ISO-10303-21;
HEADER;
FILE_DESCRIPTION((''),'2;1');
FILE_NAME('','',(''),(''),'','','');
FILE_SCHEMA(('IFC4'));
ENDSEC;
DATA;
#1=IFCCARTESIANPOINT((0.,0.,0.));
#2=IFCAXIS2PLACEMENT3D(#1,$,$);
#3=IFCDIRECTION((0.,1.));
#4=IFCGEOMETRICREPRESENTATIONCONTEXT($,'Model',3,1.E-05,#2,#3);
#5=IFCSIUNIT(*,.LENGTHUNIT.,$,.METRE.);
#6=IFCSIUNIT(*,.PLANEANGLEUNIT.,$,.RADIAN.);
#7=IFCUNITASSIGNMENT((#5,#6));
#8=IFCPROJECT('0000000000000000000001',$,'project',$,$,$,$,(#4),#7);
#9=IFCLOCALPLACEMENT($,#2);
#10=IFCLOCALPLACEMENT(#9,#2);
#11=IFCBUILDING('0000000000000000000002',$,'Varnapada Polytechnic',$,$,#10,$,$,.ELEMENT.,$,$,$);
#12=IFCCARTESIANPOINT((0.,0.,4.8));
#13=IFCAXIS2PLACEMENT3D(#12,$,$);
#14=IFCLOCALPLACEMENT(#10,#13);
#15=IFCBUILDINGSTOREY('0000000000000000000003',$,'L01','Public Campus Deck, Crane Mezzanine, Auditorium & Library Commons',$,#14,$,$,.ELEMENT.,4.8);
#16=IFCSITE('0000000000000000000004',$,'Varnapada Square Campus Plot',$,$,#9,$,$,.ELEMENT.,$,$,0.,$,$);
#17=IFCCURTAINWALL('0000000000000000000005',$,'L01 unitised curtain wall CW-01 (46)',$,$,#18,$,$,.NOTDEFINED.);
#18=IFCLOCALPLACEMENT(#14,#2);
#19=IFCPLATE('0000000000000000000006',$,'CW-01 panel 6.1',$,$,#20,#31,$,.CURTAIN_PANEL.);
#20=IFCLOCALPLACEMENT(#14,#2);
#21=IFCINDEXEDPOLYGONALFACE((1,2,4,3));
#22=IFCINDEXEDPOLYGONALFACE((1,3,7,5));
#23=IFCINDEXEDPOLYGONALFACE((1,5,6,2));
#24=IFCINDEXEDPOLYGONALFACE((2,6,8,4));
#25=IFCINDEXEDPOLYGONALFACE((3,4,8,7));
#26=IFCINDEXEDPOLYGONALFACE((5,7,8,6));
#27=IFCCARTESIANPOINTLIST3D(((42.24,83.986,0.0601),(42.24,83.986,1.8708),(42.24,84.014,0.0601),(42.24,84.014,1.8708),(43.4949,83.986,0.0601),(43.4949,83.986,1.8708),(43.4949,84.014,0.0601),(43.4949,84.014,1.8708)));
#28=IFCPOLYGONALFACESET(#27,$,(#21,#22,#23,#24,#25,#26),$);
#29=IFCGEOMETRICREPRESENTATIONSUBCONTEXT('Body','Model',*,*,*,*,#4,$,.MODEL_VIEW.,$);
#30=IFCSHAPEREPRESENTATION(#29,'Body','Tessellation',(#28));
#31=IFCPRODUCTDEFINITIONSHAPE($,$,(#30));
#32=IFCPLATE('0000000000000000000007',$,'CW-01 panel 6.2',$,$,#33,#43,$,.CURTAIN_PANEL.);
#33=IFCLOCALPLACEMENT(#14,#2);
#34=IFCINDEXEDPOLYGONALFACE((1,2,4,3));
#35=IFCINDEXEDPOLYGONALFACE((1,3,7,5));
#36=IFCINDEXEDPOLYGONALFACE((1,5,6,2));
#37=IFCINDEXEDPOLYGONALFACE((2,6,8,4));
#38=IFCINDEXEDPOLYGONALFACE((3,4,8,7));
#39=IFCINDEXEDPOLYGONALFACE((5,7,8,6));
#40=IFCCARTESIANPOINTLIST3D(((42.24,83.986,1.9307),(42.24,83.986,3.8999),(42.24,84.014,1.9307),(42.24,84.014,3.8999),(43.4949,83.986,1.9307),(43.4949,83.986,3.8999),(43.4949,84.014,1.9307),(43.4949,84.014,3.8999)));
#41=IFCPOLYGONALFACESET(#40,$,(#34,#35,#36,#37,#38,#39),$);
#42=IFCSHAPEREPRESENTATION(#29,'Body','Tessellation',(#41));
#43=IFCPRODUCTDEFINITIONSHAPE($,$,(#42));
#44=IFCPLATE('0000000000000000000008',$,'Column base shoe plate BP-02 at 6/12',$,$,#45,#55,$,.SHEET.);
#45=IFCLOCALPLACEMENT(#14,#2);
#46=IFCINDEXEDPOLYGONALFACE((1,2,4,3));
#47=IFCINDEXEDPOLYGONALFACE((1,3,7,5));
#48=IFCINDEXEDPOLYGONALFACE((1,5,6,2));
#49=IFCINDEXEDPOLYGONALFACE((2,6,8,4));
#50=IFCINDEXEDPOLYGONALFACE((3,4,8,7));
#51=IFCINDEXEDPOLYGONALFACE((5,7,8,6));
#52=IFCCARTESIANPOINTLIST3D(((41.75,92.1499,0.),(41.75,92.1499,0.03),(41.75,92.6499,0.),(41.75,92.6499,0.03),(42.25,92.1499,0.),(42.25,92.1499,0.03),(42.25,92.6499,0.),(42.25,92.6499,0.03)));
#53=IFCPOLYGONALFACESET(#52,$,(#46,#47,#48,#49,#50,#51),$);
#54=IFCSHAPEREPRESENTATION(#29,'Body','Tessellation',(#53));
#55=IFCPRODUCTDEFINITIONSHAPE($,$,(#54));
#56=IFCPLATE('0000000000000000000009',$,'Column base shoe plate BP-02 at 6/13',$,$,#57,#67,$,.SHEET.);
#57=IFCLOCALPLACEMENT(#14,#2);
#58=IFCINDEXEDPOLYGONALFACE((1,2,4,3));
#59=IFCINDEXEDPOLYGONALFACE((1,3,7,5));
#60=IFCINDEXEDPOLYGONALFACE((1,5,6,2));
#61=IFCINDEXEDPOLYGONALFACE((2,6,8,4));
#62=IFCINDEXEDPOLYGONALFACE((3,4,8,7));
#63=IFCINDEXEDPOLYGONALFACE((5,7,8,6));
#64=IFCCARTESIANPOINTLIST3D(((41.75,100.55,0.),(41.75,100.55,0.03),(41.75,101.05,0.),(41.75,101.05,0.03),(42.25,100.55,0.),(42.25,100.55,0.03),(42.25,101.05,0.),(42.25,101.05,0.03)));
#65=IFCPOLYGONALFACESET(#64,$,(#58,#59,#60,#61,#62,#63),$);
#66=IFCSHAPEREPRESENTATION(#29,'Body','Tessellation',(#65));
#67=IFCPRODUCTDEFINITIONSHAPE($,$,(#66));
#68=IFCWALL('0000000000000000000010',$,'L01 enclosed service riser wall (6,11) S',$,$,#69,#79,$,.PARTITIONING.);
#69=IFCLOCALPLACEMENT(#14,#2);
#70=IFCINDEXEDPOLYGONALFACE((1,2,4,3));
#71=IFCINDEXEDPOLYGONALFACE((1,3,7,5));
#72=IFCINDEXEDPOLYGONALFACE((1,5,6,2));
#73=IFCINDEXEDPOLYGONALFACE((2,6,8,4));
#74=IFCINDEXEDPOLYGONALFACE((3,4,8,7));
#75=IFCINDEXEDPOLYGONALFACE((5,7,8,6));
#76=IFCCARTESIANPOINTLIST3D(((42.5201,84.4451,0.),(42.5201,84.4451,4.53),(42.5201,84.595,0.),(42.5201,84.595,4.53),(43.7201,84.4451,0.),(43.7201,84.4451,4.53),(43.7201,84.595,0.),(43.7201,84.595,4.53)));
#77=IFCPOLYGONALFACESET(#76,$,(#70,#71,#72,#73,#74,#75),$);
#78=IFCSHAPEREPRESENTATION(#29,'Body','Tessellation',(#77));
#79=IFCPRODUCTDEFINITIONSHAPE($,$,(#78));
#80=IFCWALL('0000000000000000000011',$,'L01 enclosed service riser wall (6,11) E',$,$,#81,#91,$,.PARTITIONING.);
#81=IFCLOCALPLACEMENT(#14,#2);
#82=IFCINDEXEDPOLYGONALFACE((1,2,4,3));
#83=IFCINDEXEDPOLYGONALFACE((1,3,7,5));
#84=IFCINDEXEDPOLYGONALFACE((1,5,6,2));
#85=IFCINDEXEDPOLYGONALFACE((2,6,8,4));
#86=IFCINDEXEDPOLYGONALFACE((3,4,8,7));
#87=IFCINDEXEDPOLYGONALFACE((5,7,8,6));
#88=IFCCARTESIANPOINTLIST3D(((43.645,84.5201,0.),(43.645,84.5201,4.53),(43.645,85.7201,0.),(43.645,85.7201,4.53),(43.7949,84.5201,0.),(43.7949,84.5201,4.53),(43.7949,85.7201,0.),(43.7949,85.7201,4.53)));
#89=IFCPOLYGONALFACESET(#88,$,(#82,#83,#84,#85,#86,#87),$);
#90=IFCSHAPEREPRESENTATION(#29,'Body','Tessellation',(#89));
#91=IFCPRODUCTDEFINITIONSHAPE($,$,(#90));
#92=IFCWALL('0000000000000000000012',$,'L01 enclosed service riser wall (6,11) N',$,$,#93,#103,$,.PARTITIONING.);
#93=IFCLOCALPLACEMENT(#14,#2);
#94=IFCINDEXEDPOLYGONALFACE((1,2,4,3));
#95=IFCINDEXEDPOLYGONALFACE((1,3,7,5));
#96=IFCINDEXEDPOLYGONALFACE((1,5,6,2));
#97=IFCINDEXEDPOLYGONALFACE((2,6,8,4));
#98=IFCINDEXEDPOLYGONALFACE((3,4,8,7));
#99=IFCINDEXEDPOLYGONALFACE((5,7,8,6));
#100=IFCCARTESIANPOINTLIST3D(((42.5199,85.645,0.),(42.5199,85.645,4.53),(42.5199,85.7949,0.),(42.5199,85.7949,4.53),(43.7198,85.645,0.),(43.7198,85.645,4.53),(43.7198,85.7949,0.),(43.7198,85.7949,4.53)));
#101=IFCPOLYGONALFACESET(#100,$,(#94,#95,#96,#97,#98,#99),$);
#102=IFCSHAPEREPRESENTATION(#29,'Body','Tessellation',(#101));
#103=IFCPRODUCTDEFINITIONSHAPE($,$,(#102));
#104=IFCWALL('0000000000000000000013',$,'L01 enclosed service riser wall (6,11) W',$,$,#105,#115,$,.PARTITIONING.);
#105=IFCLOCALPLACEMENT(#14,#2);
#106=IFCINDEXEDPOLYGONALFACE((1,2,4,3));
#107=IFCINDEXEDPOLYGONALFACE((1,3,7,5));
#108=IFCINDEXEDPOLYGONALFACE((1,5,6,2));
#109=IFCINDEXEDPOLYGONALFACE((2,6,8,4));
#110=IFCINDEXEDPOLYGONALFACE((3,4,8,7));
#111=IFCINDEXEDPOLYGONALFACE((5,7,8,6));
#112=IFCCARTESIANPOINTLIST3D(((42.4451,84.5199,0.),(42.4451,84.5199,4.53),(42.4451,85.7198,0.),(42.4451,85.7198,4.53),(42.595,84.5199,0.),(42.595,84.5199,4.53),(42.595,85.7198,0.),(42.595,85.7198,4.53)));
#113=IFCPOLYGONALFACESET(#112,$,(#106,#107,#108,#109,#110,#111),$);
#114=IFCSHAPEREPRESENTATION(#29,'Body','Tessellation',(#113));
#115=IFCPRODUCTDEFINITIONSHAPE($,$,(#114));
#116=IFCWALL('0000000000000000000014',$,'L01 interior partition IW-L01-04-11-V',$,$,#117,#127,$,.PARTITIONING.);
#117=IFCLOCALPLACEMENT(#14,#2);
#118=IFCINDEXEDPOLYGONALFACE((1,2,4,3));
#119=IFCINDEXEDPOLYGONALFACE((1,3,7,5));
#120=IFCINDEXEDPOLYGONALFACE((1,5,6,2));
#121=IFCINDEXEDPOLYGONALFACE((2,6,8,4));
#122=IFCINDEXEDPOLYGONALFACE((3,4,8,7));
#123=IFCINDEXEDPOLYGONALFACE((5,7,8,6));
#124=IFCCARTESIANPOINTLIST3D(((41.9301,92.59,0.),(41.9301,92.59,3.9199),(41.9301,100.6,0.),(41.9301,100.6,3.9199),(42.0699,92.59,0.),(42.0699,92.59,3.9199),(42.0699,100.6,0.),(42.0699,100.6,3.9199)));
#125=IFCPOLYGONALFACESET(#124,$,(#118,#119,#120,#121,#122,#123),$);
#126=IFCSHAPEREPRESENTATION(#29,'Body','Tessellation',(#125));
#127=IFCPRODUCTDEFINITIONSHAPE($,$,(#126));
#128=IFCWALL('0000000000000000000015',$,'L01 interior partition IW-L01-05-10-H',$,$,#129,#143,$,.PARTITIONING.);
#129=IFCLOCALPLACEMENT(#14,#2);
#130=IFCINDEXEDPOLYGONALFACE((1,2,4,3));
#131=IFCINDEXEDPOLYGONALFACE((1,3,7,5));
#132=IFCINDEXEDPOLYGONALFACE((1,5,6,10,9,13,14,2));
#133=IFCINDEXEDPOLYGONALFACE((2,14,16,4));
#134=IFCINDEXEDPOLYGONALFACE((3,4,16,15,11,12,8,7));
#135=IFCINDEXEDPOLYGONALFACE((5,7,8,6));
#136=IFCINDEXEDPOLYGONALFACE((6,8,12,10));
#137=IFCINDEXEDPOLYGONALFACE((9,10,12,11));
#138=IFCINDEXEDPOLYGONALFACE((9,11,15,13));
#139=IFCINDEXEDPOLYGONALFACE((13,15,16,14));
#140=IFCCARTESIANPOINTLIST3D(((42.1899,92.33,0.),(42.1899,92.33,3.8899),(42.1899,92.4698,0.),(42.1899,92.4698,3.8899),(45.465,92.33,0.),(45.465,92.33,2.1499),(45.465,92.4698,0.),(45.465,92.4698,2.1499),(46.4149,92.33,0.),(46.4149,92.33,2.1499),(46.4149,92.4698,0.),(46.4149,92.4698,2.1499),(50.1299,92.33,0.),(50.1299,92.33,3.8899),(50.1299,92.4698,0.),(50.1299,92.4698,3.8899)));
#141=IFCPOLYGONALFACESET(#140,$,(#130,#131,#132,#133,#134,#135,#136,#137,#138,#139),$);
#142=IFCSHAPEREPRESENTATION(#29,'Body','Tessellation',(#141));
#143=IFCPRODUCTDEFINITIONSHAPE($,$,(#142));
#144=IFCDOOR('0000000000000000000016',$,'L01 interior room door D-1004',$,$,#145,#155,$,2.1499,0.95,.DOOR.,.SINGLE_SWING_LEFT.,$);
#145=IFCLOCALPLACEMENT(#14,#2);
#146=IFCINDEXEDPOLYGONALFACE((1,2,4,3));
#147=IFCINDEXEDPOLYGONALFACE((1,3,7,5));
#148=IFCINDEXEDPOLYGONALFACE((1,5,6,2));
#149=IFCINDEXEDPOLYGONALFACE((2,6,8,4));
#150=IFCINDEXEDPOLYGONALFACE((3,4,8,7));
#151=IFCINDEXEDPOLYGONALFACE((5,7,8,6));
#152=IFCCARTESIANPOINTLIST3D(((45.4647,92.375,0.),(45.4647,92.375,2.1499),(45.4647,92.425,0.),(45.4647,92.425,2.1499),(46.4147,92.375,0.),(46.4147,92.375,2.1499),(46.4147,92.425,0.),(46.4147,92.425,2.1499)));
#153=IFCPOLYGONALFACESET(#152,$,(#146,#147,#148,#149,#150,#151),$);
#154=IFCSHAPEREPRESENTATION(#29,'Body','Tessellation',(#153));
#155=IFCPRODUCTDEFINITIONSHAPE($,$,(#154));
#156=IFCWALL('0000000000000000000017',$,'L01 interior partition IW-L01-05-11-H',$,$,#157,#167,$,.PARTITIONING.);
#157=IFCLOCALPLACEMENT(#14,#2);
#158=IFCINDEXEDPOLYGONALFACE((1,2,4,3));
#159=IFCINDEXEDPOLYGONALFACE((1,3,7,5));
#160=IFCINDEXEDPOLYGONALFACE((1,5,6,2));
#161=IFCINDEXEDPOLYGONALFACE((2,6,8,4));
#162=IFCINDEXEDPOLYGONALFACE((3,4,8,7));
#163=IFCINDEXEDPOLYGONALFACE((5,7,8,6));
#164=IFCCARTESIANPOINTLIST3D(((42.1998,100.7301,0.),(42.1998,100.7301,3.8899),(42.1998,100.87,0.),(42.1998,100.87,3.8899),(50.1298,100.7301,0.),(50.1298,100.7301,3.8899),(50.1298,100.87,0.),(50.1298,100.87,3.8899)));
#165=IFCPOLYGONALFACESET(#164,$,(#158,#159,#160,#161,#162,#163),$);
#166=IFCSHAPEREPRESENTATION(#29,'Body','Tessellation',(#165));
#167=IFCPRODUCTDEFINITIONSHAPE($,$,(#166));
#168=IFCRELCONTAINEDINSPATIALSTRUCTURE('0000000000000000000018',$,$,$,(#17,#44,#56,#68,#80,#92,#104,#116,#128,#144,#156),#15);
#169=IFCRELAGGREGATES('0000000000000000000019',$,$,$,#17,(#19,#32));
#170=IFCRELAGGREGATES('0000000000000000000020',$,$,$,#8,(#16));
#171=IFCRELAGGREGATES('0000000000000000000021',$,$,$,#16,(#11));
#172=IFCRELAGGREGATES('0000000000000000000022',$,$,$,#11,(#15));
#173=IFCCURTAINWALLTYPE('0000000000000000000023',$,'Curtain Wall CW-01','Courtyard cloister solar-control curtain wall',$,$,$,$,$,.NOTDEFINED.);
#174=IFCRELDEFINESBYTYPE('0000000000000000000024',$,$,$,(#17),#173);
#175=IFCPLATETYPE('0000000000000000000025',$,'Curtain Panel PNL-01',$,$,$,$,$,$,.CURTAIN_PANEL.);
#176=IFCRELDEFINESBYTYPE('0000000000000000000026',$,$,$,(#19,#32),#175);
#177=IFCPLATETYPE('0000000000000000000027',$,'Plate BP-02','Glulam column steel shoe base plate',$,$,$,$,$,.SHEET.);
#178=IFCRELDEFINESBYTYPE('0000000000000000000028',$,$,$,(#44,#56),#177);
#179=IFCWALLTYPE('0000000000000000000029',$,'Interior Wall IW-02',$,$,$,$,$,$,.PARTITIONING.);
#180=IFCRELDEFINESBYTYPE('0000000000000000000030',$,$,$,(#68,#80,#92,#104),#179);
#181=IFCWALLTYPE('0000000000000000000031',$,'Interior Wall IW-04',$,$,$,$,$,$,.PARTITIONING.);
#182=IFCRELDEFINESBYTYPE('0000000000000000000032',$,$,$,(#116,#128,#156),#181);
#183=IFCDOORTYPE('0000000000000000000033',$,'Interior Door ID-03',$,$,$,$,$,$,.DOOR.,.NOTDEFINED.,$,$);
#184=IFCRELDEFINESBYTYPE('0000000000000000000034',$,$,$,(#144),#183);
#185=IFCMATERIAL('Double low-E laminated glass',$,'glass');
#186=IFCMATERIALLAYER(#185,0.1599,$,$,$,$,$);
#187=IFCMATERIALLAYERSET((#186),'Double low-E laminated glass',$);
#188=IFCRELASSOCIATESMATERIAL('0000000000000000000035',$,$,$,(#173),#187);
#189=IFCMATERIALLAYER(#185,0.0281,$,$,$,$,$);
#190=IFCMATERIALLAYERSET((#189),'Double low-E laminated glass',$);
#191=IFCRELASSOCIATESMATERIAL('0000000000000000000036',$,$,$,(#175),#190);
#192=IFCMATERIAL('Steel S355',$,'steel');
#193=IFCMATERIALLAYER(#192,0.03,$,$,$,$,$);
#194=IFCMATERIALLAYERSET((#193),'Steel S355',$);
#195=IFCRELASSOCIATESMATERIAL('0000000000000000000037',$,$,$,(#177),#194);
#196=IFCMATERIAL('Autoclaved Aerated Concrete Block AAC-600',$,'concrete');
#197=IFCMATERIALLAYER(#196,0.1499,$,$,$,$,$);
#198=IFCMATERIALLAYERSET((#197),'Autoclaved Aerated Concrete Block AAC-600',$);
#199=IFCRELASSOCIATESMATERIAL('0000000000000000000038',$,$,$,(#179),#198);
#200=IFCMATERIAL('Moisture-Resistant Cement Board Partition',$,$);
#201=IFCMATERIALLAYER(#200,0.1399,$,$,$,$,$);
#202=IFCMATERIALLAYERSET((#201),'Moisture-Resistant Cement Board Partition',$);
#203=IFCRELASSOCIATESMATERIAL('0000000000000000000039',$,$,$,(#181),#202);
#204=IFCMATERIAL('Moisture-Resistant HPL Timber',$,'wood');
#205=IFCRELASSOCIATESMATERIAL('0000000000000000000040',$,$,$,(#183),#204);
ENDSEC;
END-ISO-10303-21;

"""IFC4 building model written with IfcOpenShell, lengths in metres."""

from ifc_helpers import new_model, si_unit, direction, frame, frame_2d, origin, origin_2d, place, context, subcontext, project, spatial, rectangle, extrude, material, layer, layer_set, type_object, element, fill, aggregate, save


model = new_model("IFC4")

# Units and contexts
model_context = context("Model", 3, precision=1e-05, world=origin(), true_north=direction((0.0, 1.0)))
body_context = subcontext(model_context, "Body", "Model", "MODEL_VIEW")
ifc_project = project(units=[si_unit("LENGTHUNIT", "METRE"), si_unit("PLANEANGLEUNIT", "RADIAN")], contexts=[model_context])

# Site, building, storey
site_placement = place(None, origin())
site = spatial("IfcSite", under=ifc_project, at=site_placement, Name="Varnapada Square Campus Plot", CompositionType="ELEMENT", RefElevation=0.0)
building_placement = place(site_placement, origin())
building = spatial("IfcBuilding", under=site, at=building_placement, Name="Varnapada Polytechnic", CompositionType="ELEMENT")
storey_placement = place(building_placement, frame((0.0, 0.0, 4.8)))
storey = spatial("IfcBuildingStorey", under=building, at=storey_placement, Name="L01", Description="Public Campus Deck, Crane Mezzanine, Auditorium & Library Commons", CompositionType="ELEMENT", Elevation=4.8)

# Curtain wall
ifc_material_1 = material(Name="Double low-E laminated glass", Category="glass")
ifc_layer_1 = layer(ifc_material_1, 0.1599)
ifc_layer_set_1 = layer_set([ifc_layer_1], Name="Double low-E laminated glass")
curtain_wall_type = type_object("IfcCurtainWallType", Name="Curtain Wall CW-01", Description="Courtyard cloister solar-control curtain wall", PredefinedType="NOTDEFINED", material=ifc_layer_set_1)
curtain_wall_placement = place(storey_placement, origin())
curtain_wall = element("IfcCurtainWall", 1, at=curtain_wall_placement, inside=storey, type_object=curtain_wall_type, Name="L01 unitised curtain wall CW-01 (46)", PredefinedType="NOTDEFINED")

# Plates
ifc_layer_2 = layer(ifc_material_1, 0.0281)
ifc_layer_set_2 = layer_set([ifc_layer_2], Name="Double low-E laminated glass")
plate_type_1 = type_object("IfcPlateType", Name="Curtain Panel PNL-01", PredefinedType="CURTAIN_PANEL", material=ifc_layer_set_2)
plate_1_placement = place(storey_placement, frame((42.8674, 84.0, 0.0601), z_axis=(0.0, 0.0, 1.0), x_axis=(-1.0, 0.0, 0.0)))
plate_1 = element("IfcPlate", 2, at=plate_1_placement, type_object=plate_type_1, Name="CW-01 panel 6.1", PredefinedType="CURTAIN_PANEL", context=body_context, shape_type="SweptSolid", body=[
    extrude(rectangle(XDim=1.2549, YDim=0.0281, at=origin_2d()), origin(), (0.0, 0.0, 1.0), 1.8108),
])
plate_2_placement = place(storey_placement, frame((42.8674, 84.0, 1.9307), z_axis=(0.0, 0.0, 1.0), x_axis=(-1.0, 0.0, 0.0)))
plate_2 = element("IfcPlate", 3, at=plate_2_placement, type_object=plate_type_1, Name="CW-01 panel 6.2", PredefinedType="CURTAIN_PANEL", context=body_context, shape_type="SweptSolid", body=[
    extrude(rectangle(XDim=1.2549, YDim=0.0281, at=origin_2d()), origin(), (0.0, 0.0, 1.0), 1.9692),
])
aggregate(curtain_wall, [plate_1, plate_2])

# Plates
ifc_material_2 = material(Name="Steel S355", Category="steel")
ifc_layer_3 = layer(ifc_material_2, 0.03)
ifc_layer_set_3 = layer_set([ifc_layer_3], Name="Steel S355")
plate_type_2 = type_object("IfcPlateType", Name="Plate BP-02", Description="Glulam column steel shoe base plate", PredefinedType="SHEET", material=ifc_layer_set_3)
for number, where, z_axis, x_axis, name in (
    (4, (42.0, 92.3999, 0.0), (0.0, 0.0, 1.0), (1.0, 0.0, 0.0), "Column base shoe plate BP-02 at 6/12"),
    (5, (42.0, 100.8, 0.0), (0.0, 0.0, 1.0), (1.0, 0.0, 0.0), "Column base shoe plate BP-02 at 6/13"),
):
    element("IfcPlate", number, at=place(storey_placement, frame(where, z_axis=z_axis, x_axis=x_axis)), inside=storey, type_object=plate_type_2, Name=name, PredefinedType="SHEET", context=body_context, shape_type="SweptSolid", body=[
        extrude(rectangle(XDim=0.5, YDim=0.5, at=origin_2d()), origin(), (0.0, 0.0, 1.0), 0.03),
    ])

# Walls
ifc_material_3 = material(Name="Autoclaved Aerated Concrete Block AAC-600", Category="concrete")
ifc_layer_4 = layer(ifc_material_3, 0.1499)
ifc_layer_set_4 = layer_set([ifc_layer_4], Name="Autoclaved Aerated Concrete Block AAC-600")
wall_type_1 = type_object("IfcWallType", Name="Interior Wall IW-02", PredefinedType="PARTITIONING", material=ifc_layer_set_4)
for number, where, z_axis, x_axis, name in (
    (6, (42.52, 84.52, 0.0), (0.0, 0.0, 1.0), (1.0, 0.0, 0.0), "L01 enclosed service riser wall (6,11) S"),
    (7, (43.72, 84.52, 0.0), (0.0, 0.0, 1.0), (0.0, 1.0, 0.0), "L01 enclosed service riser wall (6,11) E"),
    (8, (43.72, 85.72, 0.0), (0.0, 0.0, 1.0), (-1.0, 0.0, 0.0), "L01 enclosed service riser wall (6,11) N"),
    (9, (42.52, 85.72, 0.0), (0.0, 0.0, 1.0), (0.0, -1.0, 0.0), "L01 enclosed service riser wall (6,11) W"),
):
    element("IfcWall", number, at=place(storey_placement, frame(where, z_axis=z_axis, x_axis=x_axis)), inside=storey, type_object=wall_type_1, Name=name, PredefinedType="PARTITIONING", context=body_context, shape_type="SweptSolid", body=[
        extrude(rectangle(XDim=1.2, YDim=0.1499, at=frame_2d((0.6001, 0.0))), origin(), (0.0, 0.0, 1.0), 4.53),
    ])
ifc_material_4 = material(Name="Moisture-Resistant Cement Board Partition")
ifc_layer_5 = layer(ifc_material_4, 0.1399)
ifc_layer_set_5 = layer_set([ifc_layer_5], Name="Moisture-Resistant Cement Board Partition")
wall_type_2 = type_object("IfcWallType", Name="Interior Wall IW-04", PredefinedType="PARTITIONING", material=ifc_layer_set_5)
wall_1_placement = place(storey_placement, frame((42.0, 92.5901, 0.0), z_axis=(0.0, 0.0, 1.0), x_axis=(0.0, 1.0, 0.0)))
element("IfcWall", 10, at=wall_1_placement, inside=storey, type_object=wall_type_2, Name="L01 interior partition IW-L01-04-11-V", PredefinedType="PARTITIONING", context=body_context, shape_type="SweptSolid", body=[
    extrude(rectangle(XDim=8.01, YDim=0.1399, at=frame_2d((4.0049, 0.0))), origin(), (0.0, 0.0, 1.0), 3.9199),
])

# Wall, opening, door
wall_2_placement = place(storey_placement, frame((42.1899, 92.3999, 0.0), z_axis=(0.0, 0.0, 1.0), x_axis=(1.0, 0.0, 0.0)))
wall_2 = element("IfcWall", 11, at=wall_2_placement, inside=storey, type_object=wall_type_2, Name="L01 interior partition IW-L01-05-10-H", PredefinedType="PARTITIONING", context=body_context, shape_type="SweptSolid", body=[
    extrude(rectangle(XDim=7.9399, YDim=0.1399, at=frame_2d((3.97, 0.0))), origin(), (0.0, 0.0, 1.0), 3.8899),
])
opening_1_placement = place(wall_2_placement, frame((3.2749, 0.0, 0.0)))
opening_1 = element("IfcOpeningElement", 12, at=opening_1_placement, cuts=wall_2, PredefinedType="OPENING", context=body_context, shape_type="SweptSolid", body=[
    extrude(rectangle(XDim=0.95, YDim=2.1499, at=frame_2d((0.4751, 1.075))), frame((0.0, 0.0798, 0.0), z_axis=(0.0, -1.0, 0.0), x_axis=(1.0, 0.0, 0.0)), (0.0, 0.0, 1.0), 0.1599),
])
ifc_material_5 = material(Name="Moisture-Resistant HPL Timber", Category="wood")
door_type_1 = type_object("IfcDoorType", Name="Interior Door ID-03", OperationType="NOTDEFINED", PredefinedType="DOOR", material=ifc_material_5)
door_1_placement = place(opening_1_placement, frame((0.95, 0.0, 0.0), z_axis=(0.0, 0.0, 1.0), x_axis=(-1.0, 0.0, 0.0)))
door_1 = element("IfcDoor", 13, at=door_1_placement, inside=storey, type_object=door_type_1, Name="L01 interior room door D-1004", OperationType="SINGLE_SWING_LEFT", OverallHeight=2.1499, OverallWidth=0.95, PredefinedType="DOOR", context=body_context, shape_type="SweptSolid", body=[
    extrude(rectangle(XDim=0.95, YDim=2.1499, at=frame_2d((0.4751, 1.075))), frame((0.0, 0.0249, 0.0), z_axis=(0.0, -1.0, 0.0), x_axis=(1.0, 0.0, 0.0)), (0.0, 0.0, 1.0), 0.05),
])
fill(opening_1, door_1)

# Wall
wall_3_placement = place(storey_placement, frame((42.2, 100.8, 0.0), z_axis=(0.0, 0.0, 1.0), x_axis=(1.0, 0.0, 0.0)))
element("IfcWall", 14, at=wall_3_placement, inside=storey, type_object=wall_type_2, Name="L01 interior partition IW-L01-05-11-H", PredefinedType="PARTITIONING", context=body_context, shape_type="SweptSolid", body=[
    extrude(rectangle(XDim=7.9299, YDim=0.1399, at=frame_2d((3.9648, 0.0))), origin(), (0.0, 0.0, 1.0), 3.8899),
])

save(model, "model.ifc")
